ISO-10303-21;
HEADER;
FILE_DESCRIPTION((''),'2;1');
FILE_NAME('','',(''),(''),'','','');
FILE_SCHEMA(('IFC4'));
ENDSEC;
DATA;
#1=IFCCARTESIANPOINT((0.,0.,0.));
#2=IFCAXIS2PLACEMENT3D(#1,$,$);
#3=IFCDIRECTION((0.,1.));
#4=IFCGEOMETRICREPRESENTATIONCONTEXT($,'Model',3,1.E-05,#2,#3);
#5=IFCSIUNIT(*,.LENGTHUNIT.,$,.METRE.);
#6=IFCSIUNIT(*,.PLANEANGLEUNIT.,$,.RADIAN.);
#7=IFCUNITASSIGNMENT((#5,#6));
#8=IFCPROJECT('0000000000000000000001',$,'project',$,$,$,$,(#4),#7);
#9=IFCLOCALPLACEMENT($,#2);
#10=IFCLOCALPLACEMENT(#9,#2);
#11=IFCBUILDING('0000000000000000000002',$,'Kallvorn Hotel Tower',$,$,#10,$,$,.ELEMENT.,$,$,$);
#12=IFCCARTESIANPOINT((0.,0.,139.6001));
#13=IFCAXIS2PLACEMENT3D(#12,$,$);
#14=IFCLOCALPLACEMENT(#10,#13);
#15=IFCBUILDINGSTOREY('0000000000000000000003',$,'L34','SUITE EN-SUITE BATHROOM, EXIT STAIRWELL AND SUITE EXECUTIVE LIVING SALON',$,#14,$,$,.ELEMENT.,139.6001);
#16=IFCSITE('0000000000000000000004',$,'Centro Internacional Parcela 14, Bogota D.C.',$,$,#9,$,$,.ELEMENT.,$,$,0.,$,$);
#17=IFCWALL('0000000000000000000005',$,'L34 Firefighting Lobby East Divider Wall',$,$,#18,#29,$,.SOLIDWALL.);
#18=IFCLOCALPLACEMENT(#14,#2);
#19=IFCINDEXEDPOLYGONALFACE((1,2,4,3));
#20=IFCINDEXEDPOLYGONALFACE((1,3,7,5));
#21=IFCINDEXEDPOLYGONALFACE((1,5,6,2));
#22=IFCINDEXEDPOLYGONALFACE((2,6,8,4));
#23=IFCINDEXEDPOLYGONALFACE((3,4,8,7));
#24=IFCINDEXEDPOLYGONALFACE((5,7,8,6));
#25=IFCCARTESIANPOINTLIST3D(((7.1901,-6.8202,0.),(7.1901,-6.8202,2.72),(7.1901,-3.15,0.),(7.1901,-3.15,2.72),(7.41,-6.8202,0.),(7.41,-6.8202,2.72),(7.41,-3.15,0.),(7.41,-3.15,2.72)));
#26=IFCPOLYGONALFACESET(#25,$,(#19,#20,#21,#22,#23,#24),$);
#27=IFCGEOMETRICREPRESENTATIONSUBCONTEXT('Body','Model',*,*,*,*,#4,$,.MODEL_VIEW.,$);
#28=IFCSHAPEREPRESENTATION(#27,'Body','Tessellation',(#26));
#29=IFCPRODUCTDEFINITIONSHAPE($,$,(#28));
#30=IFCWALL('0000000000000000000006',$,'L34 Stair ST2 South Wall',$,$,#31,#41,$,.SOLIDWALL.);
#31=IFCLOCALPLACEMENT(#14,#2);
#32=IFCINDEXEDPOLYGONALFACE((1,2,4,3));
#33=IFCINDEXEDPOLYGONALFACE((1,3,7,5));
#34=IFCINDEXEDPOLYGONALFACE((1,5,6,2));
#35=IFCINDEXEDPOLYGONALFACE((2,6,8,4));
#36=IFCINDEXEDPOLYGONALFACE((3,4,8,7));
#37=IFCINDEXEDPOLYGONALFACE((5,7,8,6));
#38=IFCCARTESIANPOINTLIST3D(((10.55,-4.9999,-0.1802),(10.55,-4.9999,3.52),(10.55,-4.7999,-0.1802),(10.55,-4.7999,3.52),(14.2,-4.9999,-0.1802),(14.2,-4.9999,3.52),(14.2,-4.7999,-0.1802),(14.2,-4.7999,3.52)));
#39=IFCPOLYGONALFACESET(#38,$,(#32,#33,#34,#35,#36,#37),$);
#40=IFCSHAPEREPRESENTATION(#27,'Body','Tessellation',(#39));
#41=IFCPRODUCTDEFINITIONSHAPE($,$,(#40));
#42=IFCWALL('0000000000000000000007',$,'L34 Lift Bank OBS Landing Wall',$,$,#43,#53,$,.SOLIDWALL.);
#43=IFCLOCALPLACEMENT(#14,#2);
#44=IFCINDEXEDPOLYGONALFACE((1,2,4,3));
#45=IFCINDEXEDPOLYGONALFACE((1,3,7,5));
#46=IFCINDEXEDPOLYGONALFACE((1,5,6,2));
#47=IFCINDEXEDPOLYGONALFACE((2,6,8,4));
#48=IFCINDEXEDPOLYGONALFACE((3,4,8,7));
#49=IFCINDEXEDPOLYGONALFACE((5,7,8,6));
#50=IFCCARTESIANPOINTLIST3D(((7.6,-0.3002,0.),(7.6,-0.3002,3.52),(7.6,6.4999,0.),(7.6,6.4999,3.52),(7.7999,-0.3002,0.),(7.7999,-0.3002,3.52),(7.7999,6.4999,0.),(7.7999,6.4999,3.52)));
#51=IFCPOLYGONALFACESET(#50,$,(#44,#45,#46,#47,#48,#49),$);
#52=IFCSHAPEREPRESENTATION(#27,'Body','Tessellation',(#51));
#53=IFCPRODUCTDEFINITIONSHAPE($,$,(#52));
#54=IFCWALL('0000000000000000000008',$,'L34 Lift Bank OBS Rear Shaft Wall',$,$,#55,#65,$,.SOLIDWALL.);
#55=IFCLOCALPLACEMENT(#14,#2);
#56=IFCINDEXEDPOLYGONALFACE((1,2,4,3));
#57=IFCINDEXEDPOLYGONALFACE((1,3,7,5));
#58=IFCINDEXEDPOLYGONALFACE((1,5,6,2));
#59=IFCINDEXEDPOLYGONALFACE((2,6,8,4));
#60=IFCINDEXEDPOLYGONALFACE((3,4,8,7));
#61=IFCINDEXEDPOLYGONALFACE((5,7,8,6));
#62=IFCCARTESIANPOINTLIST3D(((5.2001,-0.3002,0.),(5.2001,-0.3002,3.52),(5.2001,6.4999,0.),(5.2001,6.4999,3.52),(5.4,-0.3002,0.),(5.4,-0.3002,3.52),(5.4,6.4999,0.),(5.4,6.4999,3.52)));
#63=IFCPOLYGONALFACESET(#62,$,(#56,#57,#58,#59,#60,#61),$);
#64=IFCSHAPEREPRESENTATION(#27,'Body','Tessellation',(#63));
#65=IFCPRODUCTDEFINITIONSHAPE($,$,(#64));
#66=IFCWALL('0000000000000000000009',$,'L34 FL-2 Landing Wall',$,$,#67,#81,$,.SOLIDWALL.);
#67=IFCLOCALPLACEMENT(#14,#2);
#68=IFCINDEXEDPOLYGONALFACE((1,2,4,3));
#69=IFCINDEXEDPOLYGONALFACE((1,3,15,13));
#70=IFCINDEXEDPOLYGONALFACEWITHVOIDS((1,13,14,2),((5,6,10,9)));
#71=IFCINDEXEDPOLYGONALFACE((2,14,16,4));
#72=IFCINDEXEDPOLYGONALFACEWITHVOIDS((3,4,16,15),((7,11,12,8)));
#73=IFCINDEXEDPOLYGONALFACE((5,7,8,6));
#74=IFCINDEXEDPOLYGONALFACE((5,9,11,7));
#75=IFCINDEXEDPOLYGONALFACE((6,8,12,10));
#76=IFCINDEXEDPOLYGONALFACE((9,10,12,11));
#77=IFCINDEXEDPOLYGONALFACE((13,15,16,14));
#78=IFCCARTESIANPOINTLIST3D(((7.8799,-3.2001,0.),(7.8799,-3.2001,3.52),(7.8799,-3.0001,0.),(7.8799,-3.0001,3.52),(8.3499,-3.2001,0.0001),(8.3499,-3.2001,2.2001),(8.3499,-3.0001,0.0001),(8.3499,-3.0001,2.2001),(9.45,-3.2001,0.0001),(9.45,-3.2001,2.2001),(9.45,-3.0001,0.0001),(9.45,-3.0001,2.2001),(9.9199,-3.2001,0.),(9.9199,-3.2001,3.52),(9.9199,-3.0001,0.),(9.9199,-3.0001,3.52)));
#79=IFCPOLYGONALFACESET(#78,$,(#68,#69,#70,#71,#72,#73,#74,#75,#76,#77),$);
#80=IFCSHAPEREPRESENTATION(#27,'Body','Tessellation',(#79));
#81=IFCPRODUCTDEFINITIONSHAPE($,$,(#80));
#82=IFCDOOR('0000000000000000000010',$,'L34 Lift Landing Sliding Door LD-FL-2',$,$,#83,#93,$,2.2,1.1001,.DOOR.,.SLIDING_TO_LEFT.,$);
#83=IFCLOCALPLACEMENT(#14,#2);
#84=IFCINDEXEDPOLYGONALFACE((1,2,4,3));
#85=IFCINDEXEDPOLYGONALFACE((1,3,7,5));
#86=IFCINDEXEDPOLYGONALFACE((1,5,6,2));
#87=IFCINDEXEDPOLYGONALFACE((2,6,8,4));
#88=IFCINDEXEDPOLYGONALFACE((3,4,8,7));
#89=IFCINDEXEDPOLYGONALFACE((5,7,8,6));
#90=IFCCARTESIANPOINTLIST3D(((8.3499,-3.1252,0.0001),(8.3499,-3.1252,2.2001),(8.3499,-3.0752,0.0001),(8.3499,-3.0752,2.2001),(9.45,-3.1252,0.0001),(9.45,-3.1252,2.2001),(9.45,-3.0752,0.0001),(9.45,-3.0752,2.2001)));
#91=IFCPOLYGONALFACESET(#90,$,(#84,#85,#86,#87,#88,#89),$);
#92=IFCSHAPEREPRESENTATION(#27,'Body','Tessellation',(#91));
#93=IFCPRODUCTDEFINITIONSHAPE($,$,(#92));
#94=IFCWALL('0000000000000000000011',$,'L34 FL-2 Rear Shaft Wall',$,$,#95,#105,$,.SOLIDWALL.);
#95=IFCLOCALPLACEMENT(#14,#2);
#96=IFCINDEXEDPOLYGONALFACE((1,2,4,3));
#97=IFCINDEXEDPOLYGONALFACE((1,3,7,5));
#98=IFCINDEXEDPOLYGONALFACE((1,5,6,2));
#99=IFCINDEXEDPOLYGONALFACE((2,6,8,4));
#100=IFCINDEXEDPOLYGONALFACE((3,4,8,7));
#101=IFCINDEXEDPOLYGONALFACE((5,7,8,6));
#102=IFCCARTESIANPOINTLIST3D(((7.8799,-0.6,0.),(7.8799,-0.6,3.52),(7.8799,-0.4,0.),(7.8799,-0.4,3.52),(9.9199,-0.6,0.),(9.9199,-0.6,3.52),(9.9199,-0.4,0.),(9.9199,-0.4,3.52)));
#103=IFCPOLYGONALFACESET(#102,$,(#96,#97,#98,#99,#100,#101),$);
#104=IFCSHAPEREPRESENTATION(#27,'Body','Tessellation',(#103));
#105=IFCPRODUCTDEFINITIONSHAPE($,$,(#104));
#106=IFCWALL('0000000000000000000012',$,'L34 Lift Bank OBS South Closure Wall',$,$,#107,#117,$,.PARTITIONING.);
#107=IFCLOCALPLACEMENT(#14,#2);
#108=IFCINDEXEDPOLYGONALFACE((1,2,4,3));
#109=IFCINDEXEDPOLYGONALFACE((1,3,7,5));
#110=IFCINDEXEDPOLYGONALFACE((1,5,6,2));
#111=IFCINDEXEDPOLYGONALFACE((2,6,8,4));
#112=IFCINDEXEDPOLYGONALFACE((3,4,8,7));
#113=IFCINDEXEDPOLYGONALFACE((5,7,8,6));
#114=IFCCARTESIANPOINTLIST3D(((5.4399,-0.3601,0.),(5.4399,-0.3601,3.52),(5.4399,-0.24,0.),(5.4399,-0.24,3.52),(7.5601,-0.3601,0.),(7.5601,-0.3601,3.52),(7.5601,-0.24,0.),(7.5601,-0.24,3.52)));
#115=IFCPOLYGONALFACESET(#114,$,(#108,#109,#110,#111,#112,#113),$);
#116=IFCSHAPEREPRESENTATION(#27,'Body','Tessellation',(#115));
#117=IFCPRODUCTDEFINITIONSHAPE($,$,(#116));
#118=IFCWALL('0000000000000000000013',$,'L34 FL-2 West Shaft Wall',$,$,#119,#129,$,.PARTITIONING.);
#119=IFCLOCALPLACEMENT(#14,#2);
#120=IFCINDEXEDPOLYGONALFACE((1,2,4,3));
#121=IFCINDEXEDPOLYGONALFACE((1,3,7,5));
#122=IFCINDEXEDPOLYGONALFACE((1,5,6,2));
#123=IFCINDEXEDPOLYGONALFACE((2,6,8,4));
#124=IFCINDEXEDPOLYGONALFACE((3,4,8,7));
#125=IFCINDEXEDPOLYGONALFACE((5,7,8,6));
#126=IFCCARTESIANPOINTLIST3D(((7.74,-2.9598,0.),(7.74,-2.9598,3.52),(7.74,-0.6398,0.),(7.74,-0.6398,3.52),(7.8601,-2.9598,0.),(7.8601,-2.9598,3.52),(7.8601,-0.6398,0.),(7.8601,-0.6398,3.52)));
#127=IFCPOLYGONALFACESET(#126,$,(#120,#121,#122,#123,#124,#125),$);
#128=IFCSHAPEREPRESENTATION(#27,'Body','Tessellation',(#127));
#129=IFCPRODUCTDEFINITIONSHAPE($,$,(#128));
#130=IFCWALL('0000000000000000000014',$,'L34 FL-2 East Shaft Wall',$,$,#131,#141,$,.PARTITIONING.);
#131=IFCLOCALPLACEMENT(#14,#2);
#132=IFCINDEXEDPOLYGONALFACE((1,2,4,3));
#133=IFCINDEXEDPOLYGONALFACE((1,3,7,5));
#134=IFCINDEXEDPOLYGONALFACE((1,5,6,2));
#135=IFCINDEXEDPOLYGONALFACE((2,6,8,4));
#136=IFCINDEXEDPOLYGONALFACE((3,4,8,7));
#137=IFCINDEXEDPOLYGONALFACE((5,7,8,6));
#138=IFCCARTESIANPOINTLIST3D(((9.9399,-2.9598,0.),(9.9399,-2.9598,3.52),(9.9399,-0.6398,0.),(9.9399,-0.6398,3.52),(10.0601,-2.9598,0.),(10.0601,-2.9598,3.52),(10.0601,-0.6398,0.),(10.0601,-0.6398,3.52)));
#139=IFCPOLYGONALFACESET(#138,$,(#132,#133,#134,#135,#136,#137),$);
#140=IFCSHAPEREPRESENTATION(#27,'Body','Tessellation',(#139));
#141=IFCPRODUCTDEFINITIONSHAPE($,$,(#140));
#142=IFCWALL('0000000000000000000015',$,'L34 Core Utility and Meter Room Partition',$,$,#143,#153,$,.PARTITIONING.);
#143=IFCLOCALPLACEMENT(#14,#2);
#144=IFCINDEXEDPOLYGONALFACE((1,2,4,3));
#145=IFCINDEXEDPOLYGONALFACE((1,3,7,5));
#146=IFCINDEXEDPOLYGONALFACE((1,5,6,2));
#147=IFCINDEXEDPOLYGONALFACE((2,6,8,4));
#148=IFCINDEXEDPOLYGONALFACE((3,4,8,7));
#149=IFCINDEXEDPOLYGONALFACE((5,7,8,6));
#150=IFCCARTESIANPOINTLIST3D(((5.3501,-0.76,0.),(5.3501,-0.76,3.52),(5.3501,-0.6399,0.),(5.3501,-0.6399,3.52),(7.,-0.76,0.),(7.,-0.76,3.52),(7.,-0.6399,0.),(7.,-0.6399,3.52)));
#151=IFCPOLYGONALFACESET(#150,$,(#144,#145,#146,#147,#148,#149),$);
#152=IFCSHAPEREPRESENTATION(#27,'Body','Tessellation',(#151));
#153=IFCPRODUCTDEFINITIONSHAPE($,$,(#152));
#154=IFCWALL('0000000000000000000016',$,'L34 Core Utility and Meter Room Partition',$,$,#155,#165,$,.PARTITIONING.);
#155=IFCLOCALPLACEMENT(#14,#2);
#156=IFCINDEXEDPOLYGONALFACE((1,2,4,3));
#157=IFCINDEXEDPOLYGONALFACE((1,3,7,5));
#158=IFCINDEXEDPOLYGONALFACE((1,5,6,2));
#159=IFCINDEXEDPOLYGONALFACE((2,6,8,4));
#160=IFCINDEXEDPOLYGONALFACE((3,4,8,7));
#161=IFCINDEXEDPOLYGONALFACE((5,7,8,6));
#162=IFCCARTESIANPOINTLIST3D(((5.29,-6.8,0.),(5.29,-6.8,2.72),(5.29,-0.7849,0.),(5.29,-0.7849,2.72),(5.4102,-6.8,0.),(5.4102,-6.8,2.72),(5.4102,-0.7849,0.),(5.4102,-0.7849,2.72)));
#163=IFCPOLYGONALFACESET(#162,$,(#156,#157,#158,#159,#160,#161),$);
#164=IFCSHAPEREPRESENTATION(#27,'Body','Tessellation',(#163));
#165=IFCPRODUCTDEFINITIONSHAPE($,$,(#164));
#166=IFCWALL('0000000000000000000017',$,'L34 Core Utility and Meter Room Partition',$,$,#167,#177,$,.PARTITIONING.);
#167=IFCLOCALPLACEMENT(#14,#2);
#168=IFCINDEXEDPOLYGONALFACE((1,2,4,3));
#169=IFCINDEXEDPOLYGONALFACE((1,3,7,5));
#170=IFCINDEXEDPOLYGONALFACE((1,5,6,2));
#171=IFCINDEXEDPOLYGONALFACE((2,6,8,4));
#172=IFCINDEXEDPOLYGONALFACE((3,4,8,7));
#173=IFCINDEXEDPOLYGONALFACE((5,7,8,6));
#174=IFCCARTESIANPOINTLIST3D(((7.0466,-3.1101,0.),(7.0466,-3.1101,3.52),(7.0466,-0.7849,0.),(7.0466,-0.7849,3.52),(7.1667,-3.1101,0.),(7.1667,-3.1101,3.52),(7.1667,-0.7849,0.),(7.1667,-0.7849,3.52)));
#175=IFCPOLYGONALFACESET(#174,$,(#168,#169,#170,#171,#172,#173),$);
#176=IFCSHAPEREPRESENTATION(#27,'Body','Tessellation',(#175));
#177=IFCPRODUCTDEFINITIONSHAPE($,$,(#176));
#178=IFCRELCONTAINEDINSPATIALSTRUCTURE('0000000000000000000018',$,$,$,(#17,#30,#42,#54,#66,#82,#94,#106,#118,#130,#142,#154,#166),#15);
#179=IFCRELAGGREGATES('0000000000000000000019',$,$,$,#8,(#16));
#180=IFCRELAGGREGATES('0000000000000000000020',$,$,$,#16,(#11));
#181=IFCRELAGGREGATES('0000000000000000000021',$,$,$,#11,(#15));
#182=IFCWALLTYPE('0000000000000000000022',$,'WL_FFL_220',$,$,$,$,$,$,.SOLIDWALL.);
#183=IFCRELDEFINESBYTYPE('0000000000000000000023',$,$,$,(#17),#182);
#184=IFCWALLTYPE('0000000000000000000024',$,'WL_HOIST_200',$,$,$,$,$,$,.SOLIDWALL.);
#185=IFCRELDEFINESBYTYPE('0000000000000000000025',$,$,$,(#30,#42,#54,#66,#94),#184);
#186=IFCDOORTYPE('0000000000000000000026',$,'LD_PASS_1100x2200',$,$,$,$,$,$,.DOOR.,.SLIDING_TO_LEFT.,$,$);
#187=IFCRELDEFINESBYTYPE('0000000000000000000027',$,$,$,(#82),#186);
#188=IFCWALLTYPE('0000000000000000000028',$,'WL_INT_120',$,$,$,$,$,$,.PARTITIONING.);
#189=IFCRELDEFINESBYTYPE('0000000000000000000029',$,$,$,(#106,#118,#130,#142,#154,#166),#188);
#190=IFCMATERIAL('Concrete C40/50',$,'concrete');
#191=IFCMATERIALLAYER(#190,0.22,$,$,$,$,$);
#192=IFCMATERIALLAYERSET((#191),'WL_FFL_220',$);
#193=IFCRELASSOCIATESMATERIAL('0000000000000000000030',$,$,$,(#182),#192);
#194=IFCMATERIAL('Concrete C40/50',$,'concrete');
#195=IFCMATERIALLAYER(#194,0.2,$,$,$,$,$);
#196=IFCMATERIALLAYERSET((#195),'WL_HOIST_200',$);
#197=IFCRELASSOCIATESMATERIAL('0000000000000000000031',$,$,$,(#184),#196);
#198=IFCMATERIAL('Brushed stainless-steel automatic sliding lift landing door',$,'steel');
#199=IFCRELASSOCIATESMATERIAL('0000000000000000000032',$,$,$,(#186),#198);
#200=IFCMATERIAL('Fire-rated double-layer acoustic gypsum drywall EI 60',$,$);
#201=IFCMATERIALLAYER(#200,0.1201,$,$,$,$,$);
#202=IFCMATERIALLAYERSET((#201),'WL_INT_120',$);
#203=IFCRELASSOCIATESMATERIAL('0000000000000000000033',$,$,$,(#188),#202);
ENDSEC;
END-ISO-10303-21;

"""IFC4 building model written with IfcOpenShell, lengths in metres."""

from ifc_helpers import new_model, si_unit, direction, frame, frame_2d, origin, place, context, subcontext, project, spatial, rectangle, extrude, material, layer, layer_set, type_object, element, fill, save


model = new_model("IFC4")

# Units and contexts
model_context = context("Model", 3, precision=1e-05, world=origin(), true_north=direction((0.0, 1.0)))
body_context = subcontext(model_context, "Body", "Model", "MODEL_VIEW")
ifc_project = project(units=[si_unit("LENGTHUNIT", "METRE"), si_unit("PLANEANGLEUNIT", "RADIAN")], contexts=[model_context])

# Site, building, storey
site_placement = place(None, origin())
site = spatial("IfcSite", under=ifc_project, at=site_placement, Name="Centro Internacional Parcela 14, Bogota D.C.", CompositionType="ELEMENT", RefElevation=0.0)
building_placement = place(site_placement, origin())
building = spatial("IfcBuilding", under=site, at=building_placement, Name="Kallvorn Hotel Tower", CompositionType="ELEMENT")
storey_placement = place(building_placement, frame((0.0, 0.0, 139.6001)))
storey = spatial("IfcBuildingStorey", under=building, at=storey_placement, Name="L34", Description="SUITE EN-SUITE BATHROOM, EXIT STAIRWELL AND SUITE EXECUTIVE LIVING SALON", CompositionType="ELEMENT", Elevation=139.6001)

# Walls
ifc_material_1 = material(Name="Concrete C40/50", Category="concrete")
ifc_layer_1 = layer(ifc_material_1, 0.22)
ifc_layer_set_1 = layer_set([ifc_layer_1], Name="WL_FFL_220")
wall_type_1 = type_object("IfcWallType", Name="WL_FFL_220", PredefinedType="SOLIDWALL", material=ifc_layer_set_1)
wall_1_placement = place(storey_placement, frame((7.3, -6.8201, 0.0), z_axis=(0.0, 0.0, 1.0), x_axis=(0.0, 1.0, 0.0)))
element("IfcWall", 1, at=wall_1_placement, inside=storey, type_object=wall_type_1, Name="L34 Firefighting Lobby East Divider Wall", PredefinedType="SOLIDWALL", context=body_context, shape_type="SweptSolid", body=[
    extrude(rectangle(XDim=3.6702, YDim=0.22, at=frame_2d((1.835, 0.0))), origin(), (0.0, 0.0, 1.0), 2.72),
])
ifc_material_2 = material(Name="Concrete C40/50", Category="concrete")
ifc_layer_2 = layer(ifc_material_2, 0.2)
ifc_layer_set_2 = layer_set([ifc_layer_2], Name="WL_HOIST_200")
wall_type_2 = type_object("IfcWallType", Name="WL_HOIST_200", PredefinedType="SOLIDWALL", material=ifc_layer_set_2)
wall_2_placement = place(storey_placement, frame((10.55, -4.8999, -0.1802), z_axis=(0.0, 0.0, 1.0), x_axis=(1.0, 0.0, 0.0)))
element("IfcWall", 2, at=wall_2_placement, inside=storey, type_object=wall_type_2, Name="L34 Stair ST2 South Wall", PredefinedType="SOLIDWALL", context=body_context, shape_type="SweptSolid", body=[
    extrude(rectangle(XDim=3.6499, YDim=0.2, at=frame_2d((1.825, 0.0))), origin(), (0.0, 0.0, 1.0), 3.7002),
])
for number, where, z_axis, x_axis, name in (
    (3, (7.7, -0.3, 0.0), (0.0, 0.0, 1.0), (0.0, 1.0, 0.0), "L34 Lift Bank OBS Landing Wall"),
    (4, (5.3, -0.3, 0.0), (0.0, 0.0, 1.0), (0.0, 1.0, 0.0), "L34 Lift Bank OBS Rear Shaft Wall"),
):
    element("IfcWall", number, at=place(storey_placement, frame(where, z_axis=z_axis, x_axis=x_axis)), inside=storey, type_object=wall_type_2, Name=name, PredefinedType="SOLIDWALL", context=body_context, shape_type="SweptSolid", body=[
        extrude(rectangle(XDim=6.8, YDim=0.2, at=frame_2d((3.3999, 0.0))), origin(), (0.0, 0.0, 1.0), 3.52),
    ])

# Wall, opening, door
wall_3_placement = place(storey_placement, frame((7.8799, -3.1001, 0.0), z_axis=(0.0, 0.0, 1.0), x_axis=(1.0, 0.0, 0.0)))
wall_3 = element("IfcWall", 5, at=wall_3_placement, inside=storey, type_object=wall_type_2, Name="L34 FL-2 Landing Wall", PredefinedType="SOLIDWALL", context=body_context, shape_type="SweptSolid", body=[
    extrude(rectangle(XDim=2.04, YDim=0.2, at=frame_2d((1.02, 0.0))), origin(), (0.0, 0.0, 1.0), 3.52),
])
opening_1_placement = place(wall_3_placement, frame((0.47, 0.0, 0.0)))
opening_1 = element("IfcOpeningElement", 6, at=opening_1_placement, cuts=wall_3, PredefinedType="OPENING", context=body_context, shape_type="SweptSolid", body=[
    extrude(rectangle(XDim=1.1001, YDim=2.2, at=frame_2d((0.55, 1.1001))), frame((0.0, 0.115, 0.0), z_axis=(0.0, -1.0, 0.0), x_axis=(1.0, 0.0, 0.0)), (0.0, 0.0, 1.0), 0.23),
])
ifc_material_3 = material(Name="Brushed stainless-steel automatic sliding lift landing door", Category="steel")
door_type_1 = type_object("IfcDoorType", Name="LD_PASS_1100x2200", OperationType="SLIDING_TO_LEFT", PredefinedType="DOOR", material=ifc_material_3)
door_1_placement = place(opening_1_placement, origin())
door_1 = element("IfcDoor", 7, at=door_1_placement, inside=storey, type_object=door_type_1, Name="L34 Lift Landing Sliding Door LD-FL-2", OperationType="SLIDING_TO_LEFT", OverallHeight=2.2, OverallWidth=1.1001, PredefinedType="DOOR", context=body_context, shape_type="SweptSolid", body=[
    extrude(rectangle(XDim=1.1001, YDim=2.2, at=frame_2d((0.55, 1.1001))), frame((0.0, 0.0249, 0.0), z_axis=(0.0, -1.0, 0.0), x_axis=(1.0, 0.0, 0.0)), (0.0, 0.0, 1.0), 0.05),
])
fill(opening_1, door_1)

# Walls
wall_4_placement = place(storey_placement, frame((7.8799, -0.5, 0.0), z_axis=(0.0, 0.0, 1.0), x_axis=(1.0, 0.0, 0.0)))
element("IfcWall", 8, at=wall_4_placement, inside=storey, type_object=wall_type_2, Name="L34 FL-2 Rear Shaft Wall", PredefinedType="SOLIDWALL", context=body_context, shape_type="SweptSolid", body=[
    extrude(rectangle(XDim=2.04, YDim=0.2, at=frame_2d((1.02, 0.0))), origin(), (0.0, 0.0, 1.0), 3.52),
])
ifc_material_4 = material(Name="Fire-rated double-layer acoustic gypsum drywall EI 60")
ifc_layer_3 = layer(ifc_material_4, 0.1201)
ifc_layer_set_3 = layer_set([ifc_layer_3], Name="WL_INT_120")
wall_type_3 = type_object("IfcWallType", Name="WL_INT_120", PredefinedType="PARTITIONING", material=ifc_layer_set_3)
wall_5_placement = place(storey_placement, frame((5.4399, -0.3, 0.0), z_axis=(0.0, 0.0, 1.0), x_axis=(1.0, 0.0, 0.0)))
element("IfcWall", 9, at=wall_5_placement, inside=storey, type_object=wall_type_3, Name="L34 Lift Bank OBS South Closure Wall", PredefinedType="PARTITIONING", context=body_context, shape_type="SweptSolid", body=[
    extrude(rectangle(XDim=2.1201, YDim=0.1201, at=frame_2d((1.0601, 0.0))), origin(), (0.0, 0.0, 1.0), 3.52),
])
for number, where, z_axis, x_axis, name in (
    (10, (7.8, -2.96, 0.0), (0.0, 0.0, 1.0), (0.0, 1.0, 0.0), "L34 FL-2 West Shaft Wall"),
    (11, (10.0, -2.96, 0.0), (0.0, 0.0, 1.0), (0.0, 1.0, 0.0), "L34 FL-2 East Shaft Wall"),
):
    element("IfcWall", number, at=place(storey_placement, frame(where, z_axis=z_axis, x_axis=x_axis)), inside=storey, type_object=wall_type_3, Name=name, PredefinedType="PARTITIONING", context=body_context, shape_type="SweptSolid", body=[
        extrude(rectangle(XDim=2.3201, YDim=0.1201, at=frame_2d((1.1602, 0.0))), origin(), (0.0, 0.0, 1.0), 3.52),
    ])
wall_6_placement = place(storey_placement, frame((5.3501, -0.7, 0.0), z_axis=(0.0, 0.0, 1.0), x_axis=(1.0, 0.0, 0.0)))
element("IfcWall", 12, at=wall_6_placement, inside=storey, type_object=wall_type_3, Name="L34 Core Utility and Meter Room Partition", PredefinedType="PARTITIONING", context=body_context, shape_type="SweptSolid", body=[
    extrude(rectangle(XDim=1.6499, YDim=0.1201, at=frame_2d((0.825, 0.0))), origin(), (0.0, 0.0, 1.0), 3.52),
])
wall_7_placement = place(storey_placement, frame((5.3501, -6.8, 0.0), z_axis=(0.0, 0.0, 1.0), x_axis=(0.0, 1.0, 0.0)))
element("IfcWall", 13, at=wall_7_placement, inside=storey, type_object=wall_type_3, Name="L34 Core Utility and Meter Room Partition", PredefinedType="PARTITIONING", context=body_context, shape_type="SweptSolid", body=[
    extrude(rectangle(XDim=6.0151, YDim=0.1201, at=frame_2d((3.0076, 0.0))), origin(), (0.0, 0.0, 1.0), 2.72),
])
wall_8_placement = place(storey_placement, frame((7.1067, -3.1101, 0.0), z_axis=(0.0, 0.0, 1.0), x_axis=(0.0, 1.0, 0.0)))
element("IfcWall", 14, at=wall_8_placement, inside=storey, type_object=wall_type_3, Name="L34 Core Utility and Meter Room Partition", PredefinedType="PARTITIONING", context=body_context, shape_type="SweptSolid", body=[
    extrude(rectangle(XDim=2.3252, YDim=0.1201, at=frame_2d((1.1626, 0.0))), origin(), (0.0, 0.0, 1.0), 3.52),
])

save(model, "model.ifc")
